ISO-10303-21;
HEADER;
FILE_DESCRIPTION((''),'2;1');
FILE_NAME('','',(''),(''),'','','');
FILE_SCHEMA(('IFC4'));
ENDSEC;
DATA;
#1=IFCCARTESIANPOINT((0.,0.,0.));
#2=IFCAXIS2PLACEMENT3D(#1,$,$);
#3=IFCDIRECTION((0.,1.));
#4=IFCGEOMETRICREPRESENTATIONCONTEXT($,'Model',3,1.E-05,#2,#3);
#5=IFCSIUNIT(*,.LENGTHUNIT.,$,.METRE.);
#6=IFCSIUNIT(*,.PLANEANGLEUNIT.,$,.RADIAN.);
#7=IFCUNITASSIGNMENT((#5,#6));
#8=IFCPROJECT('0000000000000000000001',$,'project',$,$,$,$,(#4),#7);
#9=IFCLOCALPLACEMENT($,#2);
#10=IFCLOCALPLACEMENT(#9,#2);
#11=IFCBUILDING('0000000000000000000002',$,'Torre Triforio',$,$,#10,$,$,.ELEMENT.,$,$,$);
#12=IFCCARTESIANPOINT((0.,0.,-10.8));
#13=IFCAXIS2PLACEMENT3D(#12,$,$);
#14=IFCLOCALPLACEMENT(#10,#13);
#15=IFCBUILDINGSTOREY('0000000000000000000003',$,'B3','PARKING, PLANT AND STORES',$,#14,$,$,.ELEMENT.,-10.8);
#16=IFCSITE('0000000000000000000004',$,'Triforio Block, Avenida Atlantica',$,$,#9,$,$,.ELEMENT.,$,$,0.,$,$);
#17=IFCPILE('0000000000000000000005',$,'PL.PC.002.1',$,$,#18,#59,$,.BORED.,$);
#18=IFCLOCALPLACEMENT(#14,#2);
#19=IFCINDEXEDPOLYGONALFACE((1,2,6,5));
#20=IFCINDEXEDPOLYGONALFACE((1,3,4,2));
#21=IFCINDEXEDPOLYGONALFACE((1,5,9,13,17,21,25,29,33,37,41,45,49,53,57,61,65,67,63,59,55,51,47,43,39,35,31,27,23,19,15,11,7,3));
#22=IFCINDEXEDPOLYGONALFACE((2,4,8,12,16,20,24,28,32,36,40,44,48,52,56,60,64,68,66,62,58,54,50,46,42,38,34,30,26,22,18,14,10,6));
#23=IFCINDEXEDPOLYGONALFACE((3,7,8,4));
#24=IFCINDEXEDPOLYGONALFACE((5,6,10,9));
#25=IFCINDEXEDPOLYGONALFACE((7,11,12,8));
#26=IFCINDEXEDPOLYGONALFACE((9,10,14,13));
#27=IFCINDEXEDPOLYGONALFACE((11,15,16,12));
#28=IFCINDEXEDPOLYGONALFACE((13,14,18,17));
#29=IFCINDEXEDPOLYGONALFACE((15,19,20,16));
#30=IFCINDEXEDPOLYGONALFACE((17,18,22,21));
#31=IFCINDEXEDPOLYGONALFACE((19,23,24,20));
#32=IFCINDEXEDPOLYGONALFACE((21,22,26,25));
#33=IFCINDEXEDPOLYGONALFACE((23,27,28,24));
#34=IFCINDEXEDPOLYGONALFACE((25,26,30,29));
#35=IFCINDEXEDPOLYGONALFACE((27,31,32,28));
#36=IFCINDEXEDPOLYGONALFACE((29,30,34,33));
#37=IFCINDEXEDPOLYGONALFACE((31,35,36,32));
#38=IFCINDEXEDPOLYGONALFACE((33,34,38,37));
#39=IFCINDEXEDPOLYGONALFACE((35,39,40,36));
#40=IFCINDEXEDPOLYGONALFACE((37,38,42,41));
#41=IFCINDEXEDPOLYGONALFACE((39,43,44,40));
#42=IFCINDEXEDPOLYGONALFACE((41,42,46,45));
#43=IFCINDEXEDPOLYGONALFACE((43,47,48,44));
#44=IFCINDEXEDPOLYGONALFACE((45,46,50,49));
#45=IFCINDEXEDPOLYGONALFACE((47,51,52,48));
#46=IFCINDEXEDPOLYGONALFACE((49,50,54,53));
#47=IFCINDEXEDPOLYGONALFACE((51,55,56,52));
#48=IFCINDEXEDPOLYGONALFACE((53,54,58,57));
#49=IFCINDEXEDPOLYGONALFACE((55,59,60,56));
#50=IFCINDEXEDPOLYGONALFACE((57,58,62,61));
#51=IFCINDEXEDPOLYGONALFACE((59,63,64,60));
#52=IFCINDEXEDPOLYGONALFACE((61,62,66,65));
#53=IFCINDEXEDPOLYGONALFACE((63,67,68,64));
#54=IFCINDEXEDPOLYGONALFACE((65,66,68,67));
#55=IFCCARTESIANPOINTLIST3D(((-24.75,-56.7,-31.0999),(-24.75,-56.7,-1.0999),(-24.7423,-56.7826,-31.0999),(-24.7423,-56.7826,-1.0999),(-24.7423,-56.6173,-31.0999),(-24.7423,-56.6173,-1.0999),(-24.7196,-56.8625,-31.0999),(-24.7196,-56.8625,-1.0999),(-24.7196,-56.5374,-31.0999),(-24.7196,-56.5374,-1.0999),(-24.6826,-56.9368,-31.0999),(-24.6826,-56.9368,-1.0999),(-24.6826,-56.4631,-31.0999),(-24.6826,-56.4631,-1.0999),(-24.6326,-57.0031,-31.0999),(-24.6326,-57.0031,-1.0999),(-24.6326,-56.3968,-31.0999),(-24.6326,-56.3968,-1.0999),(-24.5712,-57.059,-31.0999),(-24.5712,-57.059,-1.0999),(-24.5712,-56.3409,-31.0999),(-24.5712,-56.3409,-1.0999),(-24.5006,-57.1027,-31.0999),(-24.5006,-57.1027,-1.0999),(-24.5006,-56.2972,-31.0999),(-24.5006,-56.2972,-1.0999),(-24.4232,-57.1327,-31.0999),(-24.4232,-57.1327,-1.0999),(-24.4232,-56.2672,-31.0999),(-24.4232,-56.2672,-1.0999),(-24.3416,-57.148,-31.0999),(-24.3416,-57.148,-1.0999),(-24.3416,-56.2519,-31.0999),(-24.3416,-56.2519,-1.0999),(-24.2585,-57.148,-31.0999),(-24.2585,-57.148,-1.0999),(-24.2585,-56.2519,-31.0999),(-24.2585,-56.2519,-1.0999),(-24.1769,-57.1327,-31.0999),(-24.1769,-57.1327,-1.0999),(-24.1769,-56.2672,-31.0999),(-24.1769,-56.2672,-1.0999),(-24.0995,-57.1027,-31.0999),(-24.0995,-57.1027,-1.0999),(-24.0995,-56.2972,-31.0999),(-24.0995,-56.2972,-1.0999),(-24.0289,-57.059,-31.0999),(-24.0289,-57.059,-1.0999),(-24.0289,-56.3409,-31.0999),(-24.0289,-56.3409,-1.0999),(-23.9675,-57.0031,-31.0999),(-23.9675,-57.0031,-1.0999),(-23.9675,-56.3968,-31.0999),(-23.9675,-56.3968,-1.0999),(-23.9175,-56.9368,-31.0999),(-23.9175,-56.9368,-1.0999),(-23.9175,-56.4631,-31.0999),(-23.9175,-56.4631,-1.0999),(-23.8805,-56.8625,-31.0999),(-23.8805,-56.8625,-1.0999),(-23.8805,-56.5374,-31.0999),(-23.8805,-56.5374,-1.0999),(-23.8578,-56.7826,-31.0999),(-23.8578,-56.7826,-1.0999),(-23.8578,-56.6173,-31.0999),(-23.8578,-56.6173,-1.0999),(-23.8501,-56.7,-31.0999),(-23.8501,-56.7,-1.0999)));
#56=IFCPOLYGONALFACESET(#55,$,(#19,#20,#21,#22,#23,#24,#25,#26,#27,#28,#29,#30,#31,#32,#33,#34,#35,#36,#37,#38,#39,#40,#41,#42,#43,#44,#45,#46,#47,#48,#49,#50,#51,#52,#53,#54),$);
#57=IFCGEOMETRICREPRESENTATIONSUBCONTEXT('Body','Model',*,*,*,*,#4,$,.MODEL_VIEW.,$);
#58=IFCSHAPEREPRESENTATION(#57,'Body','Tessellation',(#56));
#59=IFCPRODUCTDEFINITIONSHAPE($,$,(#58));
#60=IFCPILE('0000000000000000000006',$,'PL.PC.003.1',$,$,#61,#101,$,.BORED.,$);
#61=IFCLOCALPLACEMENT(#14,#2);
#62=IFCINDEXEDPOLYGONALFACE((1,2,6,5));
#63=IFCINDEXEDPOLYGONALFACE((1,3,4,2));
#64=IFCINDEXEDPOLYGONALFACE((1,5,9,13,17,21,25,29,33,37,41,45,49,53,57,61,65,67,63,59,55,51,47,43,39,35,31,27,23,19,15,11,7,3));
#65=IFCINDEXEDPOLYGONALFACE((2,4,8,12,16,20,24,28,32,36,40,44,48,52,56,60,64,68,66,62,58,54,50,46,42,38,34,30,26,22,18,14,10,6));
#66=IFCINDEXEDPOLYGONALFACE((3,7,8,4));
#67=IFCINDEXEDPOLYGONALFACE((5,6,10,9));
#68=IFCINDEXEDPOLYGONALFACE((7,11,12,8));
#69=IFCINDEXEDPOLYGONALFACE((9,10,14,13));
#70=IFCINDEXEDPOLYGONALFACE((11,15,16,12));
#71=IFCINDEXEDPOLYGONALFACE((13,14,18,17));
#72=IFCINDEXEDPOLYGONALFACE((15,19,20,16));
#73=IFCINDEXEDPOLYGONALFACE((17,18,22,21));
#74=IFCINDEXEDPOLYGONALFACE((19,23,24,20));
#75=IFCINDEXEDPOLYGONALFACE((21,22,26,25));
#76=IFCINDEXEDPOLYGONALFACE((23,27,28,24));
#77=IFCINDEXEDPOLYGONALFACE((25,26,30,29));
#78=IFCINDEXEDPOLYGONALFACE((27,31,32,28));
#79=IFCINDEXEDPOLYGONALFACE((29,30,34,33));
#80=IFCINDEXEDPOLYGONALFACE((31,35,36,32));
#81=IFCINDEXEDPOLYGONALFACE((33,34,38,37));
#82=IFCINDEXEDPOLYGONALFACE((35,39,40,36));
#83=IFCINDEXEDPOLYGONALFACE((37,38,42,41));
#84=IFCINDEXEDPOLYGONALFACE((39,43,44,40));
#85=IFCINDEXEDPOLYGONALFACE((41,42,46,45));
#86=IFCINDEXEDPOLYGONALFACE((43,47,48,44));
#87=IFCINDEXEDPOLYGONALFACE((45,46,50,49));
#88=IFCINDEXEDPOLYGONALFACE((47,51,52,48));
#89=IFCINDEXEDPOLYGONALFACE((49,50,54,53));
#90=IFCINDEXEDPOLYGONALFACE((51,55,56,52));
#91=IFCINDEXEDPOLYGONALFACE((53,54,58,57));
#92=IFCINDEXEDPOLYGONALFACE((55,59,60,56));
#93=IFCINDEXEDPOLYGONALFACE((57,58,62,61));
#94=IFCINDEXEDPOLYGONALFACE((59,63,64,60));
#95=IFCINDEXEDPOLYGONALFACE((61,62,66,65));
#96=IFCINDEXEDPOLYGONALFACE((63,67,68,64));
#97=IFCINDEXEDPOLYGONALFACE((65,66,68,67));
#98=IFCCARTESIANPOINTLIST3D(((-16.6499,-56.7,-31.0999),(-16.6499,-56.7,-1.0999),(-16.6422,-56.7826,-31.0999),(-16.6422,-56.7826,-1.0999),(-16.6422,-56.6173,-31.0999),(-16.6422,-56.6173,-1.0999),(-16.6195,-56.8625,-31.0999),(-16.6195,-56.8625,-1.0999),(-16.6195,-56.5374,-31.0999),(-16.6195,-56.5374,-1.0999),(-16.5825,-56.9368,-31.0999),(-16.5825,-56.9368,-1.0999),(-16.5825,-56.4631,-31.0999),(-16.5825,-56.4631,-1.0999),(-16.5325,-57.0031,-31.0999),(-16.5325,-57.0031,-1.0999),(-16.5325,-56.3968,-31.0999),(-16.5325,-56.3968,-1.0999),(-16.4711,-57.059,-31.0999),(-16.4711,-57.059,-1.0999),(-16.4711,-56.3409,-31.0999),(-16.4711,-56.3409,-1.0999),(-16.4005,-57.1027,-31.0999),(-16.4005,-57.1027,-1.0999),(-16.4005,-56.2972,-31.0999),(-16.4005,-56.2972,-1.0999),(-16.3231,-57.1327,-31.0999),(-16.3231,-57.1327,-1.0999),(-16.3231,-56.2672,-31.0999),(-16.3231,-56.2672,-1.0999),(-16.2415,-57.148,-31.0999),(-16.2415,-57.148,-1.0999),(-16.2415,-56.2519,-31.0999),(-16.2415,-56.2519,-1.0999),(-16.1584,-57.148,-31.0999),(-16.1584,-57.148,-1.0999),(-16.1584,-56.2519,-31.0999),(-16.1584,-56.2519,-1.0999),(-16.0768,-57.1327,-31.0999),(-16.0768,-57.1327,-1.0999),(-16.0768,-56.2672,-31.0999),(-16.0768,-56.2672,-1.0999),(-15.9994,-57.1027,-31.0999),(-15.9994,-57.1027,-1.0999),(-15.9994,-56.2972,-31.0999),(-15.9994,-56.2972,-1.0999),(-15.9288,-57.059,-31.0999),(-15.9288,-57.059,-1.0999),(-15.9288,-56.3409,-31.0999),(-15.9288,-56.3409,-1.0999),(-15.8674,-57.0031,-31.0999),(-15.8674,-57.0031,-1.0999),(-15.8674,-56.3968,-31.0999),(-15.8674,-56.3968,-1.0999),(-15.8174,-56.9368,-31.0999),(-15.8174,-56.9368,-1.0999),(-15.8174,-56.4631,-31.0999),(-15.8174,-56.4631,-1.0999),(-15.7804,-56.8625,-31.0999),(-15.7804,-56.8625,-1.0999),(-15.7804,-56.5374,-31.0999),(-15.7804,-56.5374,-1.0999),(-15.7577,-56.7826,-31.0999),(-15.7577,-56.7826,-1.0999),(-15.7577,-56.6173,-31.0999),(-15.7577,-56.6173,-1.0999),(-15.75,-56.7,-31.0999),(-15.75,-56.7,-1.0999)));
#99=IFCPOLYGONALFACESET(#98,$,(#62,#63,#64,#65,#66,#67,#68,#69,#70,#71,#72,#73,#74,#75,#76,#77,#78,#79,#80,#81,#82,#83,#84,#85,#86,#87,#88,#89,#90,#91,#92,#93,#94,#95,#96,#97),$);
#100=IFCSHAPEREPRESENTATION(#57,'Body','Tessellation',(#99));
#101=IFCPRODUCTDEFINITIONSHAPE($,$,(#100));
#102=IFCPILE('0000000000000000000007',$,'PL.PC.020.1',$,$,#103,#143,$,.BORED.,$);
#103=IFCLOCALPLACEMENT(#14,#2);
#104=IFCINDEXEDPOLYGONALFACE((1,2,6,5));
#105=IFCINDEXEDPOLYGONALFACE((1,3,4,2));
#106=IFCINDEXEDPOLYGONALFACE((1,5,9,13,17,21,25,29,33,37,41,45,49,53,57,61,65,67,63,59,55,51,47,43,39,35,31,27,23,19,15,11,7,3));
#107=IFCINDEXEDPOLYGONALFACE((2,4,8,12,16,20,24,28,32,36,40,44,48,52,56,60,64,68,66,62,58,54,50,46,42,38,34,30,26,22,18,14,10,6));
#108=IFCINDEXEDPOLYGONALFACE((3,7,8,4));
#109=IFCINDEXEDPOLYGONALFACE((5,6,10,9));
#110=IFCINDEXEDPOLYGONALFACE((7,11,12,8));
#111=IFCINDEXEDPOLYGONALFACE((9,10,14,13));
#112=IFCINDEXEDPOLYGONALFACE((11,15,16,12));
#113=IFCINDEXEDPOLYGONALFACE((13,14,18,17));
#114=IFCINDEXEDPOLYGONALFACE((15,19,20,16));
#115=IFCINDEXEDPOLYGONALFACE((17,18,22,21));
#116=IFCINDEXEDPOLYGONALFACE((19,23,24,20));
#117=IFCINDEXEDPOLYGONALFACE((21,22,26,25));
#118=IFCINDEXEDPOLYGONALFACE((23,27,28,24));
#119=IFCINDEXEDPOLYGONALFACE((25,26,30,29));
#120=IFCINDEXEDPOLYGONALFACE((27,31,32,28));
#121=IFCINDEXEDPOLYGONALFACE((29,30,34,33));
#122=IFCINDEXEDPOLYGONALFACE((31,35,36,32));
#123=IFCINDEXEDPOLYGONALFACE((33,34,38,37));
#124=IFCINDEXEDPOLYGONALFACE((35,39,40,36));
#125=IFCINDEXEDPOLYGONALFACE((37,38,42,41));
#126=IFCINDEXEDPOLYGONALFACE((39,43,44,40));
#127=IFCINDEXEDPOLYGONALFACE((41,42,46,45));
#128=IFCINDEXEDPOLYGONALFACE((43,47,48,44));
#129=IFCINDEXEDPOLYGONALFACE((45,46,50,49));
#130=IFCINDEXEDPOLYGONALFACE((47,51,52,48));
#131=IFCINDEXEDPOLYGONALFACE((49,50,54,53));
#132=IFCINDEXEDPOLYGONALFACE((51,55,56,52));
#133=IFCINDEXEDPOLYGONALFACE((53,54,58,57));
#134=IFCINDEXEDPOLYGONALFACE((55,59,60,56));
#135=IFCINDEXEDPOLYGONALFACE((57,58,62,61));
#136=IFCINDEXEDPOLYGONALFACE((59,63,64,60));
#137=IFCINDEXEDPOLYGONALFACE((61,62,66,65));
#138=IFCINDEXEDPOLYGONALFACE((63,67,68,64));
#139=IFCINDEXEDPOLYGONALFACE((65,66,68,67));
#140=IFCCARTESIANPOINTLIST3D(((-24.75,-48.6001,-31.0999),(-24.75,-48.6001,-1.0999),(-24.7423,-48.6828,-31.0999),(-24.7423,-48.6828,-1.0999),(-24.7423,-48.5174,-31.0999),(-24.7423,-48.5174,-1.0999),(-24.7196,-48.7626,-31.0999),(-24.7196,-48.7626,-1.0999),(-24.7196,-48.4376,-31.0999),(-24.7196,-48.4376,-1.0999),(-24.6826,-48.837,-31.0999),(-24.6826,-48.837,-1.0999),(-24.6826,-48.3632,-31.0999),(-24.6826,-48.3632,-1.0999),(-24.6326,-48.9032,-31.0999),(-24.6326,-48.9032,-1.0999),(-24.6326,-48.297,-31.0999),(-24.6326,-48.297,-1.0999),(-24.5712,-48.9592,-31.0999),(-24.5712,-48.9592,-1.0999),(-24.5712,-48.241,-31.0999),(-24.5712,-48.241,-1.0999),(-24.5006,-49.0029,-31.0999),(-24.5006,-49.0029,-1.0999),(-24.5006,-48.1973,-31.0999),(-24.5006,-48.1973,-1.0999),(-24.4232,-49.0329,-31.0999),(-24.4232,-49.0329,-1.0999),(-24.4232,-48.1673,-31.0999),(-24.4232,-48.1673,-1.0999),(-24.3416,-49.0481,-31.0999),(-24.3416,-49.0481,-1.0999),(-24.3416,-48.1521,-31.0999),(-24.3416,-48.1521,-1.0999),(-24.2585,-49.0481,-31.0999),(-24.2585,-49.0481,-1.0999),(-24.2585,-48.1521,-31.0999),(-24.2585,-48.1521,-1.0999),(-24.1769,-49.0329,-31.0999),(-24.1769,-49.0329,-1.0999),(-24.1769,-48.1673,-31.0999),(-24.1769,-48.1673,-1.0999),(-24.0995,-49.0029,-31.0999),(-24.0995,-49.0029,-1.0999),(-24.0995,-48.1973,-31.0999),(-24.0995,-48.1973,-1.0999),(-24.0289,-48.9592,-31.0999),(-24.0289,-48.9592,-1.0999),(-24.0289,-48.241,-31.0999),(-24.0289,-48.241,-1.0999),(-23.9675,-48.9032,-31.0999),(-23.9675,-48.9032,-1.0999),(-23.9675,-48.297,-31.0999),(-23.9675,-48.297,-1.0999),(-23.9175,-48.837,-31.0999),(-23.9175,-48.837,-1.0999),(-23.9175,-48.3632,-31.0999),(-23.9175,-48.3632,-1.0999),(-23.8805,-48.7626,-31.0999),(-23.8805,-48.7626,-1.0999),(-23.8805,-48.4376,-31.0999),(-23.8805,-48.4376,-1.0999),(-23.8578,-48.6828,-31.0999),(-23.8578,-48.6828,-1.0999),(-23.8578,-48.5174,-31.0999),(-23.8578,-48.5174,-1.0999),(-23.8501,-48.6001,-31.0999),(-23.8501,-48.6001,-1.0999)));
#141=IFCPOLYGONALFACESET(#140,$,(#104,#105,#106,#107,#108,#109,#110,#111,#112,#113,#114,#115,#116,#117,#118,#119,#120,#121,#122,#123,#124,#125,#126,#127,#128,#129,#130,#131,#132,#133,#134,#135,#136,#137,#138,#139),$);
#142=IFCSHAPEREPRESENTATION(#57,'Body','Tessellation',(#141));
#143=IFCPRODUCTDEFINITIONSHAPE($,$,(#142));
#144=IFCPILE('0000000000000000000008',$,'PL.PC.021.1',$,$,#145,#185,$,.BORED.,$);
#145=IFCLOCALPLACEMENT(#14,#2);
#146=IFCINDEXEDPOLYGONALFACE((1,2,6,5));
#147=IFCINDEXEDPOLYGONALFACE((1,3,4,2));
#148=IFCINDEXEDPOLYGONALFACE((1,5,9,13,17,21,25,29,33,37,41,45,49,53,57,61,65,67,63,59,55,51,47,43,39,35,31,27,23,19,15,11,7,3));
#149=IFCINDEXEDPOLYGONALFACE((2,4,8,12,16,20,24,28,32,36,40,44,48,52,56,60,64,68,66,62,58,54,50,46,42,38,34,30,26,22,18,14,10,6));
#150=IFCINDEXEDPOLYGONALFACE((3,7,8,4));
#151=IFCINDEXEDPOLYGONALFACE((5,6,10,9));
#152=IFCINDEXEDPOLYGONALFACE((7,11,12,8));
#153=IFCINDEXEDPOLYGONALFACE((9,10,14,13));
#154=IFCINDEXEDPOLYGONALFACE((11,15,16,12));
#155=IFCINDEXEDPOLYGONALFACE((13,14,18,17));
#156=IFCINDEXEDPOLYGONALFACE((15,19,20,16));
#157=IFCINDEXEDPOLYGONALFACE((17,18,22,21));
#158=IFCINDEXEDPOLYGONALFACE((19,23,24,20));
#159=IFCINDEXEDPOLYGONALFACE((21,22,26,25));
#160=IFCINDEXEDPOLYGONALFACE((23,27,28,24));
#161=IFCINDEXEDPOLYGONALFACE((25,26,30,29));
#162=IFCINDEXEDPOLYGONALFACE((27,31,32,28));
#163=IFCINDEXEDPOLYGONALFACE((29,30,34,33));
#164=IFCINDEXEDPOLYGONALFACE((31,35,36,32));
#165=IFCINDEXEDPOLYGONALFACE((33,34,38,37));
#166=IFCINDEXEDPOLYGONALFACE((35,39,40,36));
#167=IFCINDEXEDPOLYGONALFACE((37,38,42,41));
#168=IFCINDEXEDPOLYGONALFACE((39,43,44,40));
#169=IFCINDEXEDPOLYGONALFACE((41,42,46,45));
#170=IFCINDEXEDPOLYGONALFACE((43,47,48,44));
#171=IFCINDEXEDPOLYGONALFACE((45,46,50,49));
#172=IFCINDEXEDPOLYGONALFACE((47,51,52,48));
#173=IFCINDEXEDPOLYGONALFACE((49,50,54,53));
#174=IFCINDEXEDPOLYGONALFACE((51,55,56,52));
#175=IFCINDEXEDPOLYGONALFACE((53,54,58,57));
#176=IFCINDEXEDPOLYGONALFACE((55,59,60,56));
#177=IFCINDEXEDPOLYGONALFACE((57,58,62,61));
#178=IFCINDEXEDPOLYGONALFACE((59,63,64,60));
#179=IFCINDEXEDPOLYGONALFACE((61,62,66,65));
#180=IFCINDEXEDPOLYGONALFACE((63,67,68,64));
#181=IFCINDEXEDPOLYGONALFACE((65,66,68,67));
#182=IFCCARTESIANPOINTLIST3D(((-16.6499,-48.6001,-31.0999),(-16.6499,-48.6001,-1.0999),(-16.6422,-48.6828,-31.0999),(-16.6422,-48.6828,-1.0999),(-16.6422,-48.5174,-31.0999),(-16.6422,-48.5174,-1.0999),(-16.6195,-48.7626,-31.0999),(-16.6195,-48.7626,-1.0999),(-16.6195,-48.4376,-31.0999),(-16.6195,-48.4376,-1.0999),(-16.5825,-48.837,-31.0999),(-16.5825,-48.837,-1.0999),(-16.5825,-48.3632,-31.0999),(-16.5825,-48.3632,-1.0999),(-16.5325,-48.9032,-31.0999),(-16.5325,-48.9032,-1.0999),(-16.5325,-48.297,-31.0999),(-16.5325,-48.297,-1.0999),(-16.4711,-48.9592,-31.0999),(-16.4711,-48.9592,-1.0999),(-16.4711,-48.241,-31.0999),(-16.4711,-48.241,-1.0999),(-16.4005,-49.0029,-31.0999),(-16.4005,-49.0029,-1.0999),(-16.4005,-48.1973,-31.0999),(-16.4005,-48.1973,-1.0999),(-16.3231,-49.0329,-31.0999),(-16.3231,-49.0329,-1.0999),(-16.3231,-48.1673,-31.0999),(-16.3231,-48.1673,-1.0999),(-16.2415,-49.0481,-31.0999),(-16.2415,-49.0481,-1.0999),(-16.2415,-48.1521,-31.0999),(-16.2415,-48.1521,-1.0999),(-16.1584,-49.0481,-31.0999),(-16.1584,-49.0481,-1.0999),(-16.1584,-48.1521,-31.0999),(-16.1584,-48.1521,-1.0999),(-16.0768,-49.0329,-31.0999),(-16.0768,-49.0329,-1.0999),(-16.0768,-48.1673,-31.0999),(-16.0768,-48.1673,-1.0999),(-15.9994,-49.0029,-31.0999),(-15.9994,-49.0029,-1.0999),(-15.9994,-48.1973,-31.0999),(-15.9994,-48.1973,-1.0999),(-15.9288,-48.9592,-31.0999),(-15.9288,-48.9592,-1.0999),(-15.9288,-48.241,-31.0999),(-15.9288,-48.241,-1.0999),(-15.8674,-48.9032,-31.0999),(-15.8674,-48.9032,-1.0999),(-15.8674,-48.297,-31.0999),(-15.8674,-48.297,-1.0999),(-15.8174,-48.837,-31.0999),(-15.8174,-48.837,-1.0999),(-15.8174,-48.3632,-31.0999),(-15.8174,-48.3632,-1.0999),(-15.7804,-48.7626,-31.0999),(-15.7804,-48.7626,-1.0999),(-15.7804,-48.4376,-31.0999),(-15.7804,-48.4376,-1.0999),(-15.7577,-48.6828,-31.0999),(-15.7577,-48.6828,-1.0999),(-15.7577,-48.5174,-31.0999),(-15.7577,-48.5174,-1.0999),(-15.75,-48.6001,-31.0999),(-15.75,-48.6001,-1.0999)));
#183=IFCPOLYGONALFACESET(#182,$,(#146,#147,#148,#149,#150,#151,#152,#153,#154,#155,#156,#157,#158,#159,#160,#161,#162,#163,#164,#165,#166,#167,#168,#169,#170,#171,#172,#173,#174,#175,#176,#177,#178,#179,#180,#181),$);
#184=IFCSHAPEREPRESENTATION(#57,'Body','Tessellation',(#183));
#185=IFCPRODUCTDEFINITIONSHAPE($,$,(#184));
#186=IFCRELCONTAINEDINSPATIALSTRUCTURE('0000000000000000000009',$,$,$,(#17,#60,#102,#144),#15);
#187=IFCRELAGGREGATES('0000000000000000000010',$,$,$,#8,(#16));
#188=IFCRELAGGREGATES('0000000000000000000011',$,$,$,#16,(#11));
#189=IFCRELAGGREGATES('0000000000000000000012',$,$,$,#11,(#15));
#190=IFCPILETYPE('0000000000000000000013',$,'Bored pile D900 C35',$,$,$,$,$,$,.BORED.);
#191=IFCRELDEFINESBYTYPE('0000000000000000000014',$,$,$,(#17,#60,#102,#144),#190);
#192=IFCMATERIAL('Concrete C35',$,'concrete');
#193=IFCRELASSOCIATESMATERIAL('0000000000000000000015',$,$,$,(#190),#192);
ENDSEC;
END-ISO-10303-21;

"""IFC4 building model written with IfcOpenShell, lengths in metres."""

from ifc_helpers import new_model, si_unit, direction, frame, origin, origin_2d, place, context, subcontext, project, spatial, circle, extrude, material, material_profile, profile_set, type_object, element, save


model = new_model("IFC4")

# Units and contexts
model_context = context("Model", 3, precision=1e-05, world=origin(), true_north=direction((0.0, 1.0)))
body_context = subcontext(model_context, "Body", "Model", "MODEL_VIEW")
ifc_project = project(units=[si_unit("LENGTHUNIT", "METRE"), si_unit("PLANEANGLEUNIT", "RADIAN")], contexts=[model_context])

# Site, building, storey
site_placement = place(None, origin())
site = spatial("IfcSite", under=ifc_project, at=site_placement, Name="Triforio Block, Avenida Atlantica", CompositionType="ELEMENT", RefElevation=0.0)
building_placement = place(site_placement, origin())
building = spatial("IfcBuilding", under=site, at=building_placement, Name="Torre Triforio", CompositionType="ELEMENT")
storey_placement = place(building_placement, frame((0.0, 0.0, -10.8)))
storey = spatial("IfcBuildingStorey", under=building, at=storey_placement, Name="B3", Description="PARKING, PLANT AND STORES", CompositionType="ELEMENT", Elevation=-10.8)

# Piles
ifc_material_1 = material(Name="Concrete C35", Category="concrete")
ifc_material_profile_1 = material_profile(ifc_material_1, circle(Radius=0.45, at=origin_2d()), Name="RC D900")
ifc_profile_set_1 = profile_set([ifc_material_profile_1], Name="Concrete C35")
pile_type = type_object("IfcPileType", Name="Bored pile D900 C35", PredefinedType="BORED", material=ifc_profile_set_1)
for number, where, z_axis, x_axis, name in (
    (1, (-24.3, -56.7, -1.0999), (0.0, 0.0, -1.0), (1.0, 0.0, 0.0), "PL.PC.002.1"),
    (2, (-16.2, -56.7, -1.0999), (0.0, 0.0, -1.0), (1.0, 0.0, 0.0), "PL.PC.003.1"),
    (3, (-24.3, -48.6001, -1.0999), (0.0, 0.0, -1.0), (1.0, 0.0, 0.0), "PL.PC.020.1"),
    (4, (-16.2, -48.6001, -1.0999), (0.0, 0.0, -1.0), (1.0, 0.0, 0.0), "PL.PC.021.1"),
):
    element("IfcPile", number, at=place(storey_placement, frame(where, z_axis=z_axis, x_axis=x_axis)), inside=storey, type_object=pile_type, Name=name, PredefinedType="BORED", context=body_context, shape_type="SweptSolid", body=[
        extrude(circle(Radius=0.45, at=origin_2d()), origin(), (0.0, 0.0, 1.0), 30.0),
    ])

save(model, "model.ifc")
